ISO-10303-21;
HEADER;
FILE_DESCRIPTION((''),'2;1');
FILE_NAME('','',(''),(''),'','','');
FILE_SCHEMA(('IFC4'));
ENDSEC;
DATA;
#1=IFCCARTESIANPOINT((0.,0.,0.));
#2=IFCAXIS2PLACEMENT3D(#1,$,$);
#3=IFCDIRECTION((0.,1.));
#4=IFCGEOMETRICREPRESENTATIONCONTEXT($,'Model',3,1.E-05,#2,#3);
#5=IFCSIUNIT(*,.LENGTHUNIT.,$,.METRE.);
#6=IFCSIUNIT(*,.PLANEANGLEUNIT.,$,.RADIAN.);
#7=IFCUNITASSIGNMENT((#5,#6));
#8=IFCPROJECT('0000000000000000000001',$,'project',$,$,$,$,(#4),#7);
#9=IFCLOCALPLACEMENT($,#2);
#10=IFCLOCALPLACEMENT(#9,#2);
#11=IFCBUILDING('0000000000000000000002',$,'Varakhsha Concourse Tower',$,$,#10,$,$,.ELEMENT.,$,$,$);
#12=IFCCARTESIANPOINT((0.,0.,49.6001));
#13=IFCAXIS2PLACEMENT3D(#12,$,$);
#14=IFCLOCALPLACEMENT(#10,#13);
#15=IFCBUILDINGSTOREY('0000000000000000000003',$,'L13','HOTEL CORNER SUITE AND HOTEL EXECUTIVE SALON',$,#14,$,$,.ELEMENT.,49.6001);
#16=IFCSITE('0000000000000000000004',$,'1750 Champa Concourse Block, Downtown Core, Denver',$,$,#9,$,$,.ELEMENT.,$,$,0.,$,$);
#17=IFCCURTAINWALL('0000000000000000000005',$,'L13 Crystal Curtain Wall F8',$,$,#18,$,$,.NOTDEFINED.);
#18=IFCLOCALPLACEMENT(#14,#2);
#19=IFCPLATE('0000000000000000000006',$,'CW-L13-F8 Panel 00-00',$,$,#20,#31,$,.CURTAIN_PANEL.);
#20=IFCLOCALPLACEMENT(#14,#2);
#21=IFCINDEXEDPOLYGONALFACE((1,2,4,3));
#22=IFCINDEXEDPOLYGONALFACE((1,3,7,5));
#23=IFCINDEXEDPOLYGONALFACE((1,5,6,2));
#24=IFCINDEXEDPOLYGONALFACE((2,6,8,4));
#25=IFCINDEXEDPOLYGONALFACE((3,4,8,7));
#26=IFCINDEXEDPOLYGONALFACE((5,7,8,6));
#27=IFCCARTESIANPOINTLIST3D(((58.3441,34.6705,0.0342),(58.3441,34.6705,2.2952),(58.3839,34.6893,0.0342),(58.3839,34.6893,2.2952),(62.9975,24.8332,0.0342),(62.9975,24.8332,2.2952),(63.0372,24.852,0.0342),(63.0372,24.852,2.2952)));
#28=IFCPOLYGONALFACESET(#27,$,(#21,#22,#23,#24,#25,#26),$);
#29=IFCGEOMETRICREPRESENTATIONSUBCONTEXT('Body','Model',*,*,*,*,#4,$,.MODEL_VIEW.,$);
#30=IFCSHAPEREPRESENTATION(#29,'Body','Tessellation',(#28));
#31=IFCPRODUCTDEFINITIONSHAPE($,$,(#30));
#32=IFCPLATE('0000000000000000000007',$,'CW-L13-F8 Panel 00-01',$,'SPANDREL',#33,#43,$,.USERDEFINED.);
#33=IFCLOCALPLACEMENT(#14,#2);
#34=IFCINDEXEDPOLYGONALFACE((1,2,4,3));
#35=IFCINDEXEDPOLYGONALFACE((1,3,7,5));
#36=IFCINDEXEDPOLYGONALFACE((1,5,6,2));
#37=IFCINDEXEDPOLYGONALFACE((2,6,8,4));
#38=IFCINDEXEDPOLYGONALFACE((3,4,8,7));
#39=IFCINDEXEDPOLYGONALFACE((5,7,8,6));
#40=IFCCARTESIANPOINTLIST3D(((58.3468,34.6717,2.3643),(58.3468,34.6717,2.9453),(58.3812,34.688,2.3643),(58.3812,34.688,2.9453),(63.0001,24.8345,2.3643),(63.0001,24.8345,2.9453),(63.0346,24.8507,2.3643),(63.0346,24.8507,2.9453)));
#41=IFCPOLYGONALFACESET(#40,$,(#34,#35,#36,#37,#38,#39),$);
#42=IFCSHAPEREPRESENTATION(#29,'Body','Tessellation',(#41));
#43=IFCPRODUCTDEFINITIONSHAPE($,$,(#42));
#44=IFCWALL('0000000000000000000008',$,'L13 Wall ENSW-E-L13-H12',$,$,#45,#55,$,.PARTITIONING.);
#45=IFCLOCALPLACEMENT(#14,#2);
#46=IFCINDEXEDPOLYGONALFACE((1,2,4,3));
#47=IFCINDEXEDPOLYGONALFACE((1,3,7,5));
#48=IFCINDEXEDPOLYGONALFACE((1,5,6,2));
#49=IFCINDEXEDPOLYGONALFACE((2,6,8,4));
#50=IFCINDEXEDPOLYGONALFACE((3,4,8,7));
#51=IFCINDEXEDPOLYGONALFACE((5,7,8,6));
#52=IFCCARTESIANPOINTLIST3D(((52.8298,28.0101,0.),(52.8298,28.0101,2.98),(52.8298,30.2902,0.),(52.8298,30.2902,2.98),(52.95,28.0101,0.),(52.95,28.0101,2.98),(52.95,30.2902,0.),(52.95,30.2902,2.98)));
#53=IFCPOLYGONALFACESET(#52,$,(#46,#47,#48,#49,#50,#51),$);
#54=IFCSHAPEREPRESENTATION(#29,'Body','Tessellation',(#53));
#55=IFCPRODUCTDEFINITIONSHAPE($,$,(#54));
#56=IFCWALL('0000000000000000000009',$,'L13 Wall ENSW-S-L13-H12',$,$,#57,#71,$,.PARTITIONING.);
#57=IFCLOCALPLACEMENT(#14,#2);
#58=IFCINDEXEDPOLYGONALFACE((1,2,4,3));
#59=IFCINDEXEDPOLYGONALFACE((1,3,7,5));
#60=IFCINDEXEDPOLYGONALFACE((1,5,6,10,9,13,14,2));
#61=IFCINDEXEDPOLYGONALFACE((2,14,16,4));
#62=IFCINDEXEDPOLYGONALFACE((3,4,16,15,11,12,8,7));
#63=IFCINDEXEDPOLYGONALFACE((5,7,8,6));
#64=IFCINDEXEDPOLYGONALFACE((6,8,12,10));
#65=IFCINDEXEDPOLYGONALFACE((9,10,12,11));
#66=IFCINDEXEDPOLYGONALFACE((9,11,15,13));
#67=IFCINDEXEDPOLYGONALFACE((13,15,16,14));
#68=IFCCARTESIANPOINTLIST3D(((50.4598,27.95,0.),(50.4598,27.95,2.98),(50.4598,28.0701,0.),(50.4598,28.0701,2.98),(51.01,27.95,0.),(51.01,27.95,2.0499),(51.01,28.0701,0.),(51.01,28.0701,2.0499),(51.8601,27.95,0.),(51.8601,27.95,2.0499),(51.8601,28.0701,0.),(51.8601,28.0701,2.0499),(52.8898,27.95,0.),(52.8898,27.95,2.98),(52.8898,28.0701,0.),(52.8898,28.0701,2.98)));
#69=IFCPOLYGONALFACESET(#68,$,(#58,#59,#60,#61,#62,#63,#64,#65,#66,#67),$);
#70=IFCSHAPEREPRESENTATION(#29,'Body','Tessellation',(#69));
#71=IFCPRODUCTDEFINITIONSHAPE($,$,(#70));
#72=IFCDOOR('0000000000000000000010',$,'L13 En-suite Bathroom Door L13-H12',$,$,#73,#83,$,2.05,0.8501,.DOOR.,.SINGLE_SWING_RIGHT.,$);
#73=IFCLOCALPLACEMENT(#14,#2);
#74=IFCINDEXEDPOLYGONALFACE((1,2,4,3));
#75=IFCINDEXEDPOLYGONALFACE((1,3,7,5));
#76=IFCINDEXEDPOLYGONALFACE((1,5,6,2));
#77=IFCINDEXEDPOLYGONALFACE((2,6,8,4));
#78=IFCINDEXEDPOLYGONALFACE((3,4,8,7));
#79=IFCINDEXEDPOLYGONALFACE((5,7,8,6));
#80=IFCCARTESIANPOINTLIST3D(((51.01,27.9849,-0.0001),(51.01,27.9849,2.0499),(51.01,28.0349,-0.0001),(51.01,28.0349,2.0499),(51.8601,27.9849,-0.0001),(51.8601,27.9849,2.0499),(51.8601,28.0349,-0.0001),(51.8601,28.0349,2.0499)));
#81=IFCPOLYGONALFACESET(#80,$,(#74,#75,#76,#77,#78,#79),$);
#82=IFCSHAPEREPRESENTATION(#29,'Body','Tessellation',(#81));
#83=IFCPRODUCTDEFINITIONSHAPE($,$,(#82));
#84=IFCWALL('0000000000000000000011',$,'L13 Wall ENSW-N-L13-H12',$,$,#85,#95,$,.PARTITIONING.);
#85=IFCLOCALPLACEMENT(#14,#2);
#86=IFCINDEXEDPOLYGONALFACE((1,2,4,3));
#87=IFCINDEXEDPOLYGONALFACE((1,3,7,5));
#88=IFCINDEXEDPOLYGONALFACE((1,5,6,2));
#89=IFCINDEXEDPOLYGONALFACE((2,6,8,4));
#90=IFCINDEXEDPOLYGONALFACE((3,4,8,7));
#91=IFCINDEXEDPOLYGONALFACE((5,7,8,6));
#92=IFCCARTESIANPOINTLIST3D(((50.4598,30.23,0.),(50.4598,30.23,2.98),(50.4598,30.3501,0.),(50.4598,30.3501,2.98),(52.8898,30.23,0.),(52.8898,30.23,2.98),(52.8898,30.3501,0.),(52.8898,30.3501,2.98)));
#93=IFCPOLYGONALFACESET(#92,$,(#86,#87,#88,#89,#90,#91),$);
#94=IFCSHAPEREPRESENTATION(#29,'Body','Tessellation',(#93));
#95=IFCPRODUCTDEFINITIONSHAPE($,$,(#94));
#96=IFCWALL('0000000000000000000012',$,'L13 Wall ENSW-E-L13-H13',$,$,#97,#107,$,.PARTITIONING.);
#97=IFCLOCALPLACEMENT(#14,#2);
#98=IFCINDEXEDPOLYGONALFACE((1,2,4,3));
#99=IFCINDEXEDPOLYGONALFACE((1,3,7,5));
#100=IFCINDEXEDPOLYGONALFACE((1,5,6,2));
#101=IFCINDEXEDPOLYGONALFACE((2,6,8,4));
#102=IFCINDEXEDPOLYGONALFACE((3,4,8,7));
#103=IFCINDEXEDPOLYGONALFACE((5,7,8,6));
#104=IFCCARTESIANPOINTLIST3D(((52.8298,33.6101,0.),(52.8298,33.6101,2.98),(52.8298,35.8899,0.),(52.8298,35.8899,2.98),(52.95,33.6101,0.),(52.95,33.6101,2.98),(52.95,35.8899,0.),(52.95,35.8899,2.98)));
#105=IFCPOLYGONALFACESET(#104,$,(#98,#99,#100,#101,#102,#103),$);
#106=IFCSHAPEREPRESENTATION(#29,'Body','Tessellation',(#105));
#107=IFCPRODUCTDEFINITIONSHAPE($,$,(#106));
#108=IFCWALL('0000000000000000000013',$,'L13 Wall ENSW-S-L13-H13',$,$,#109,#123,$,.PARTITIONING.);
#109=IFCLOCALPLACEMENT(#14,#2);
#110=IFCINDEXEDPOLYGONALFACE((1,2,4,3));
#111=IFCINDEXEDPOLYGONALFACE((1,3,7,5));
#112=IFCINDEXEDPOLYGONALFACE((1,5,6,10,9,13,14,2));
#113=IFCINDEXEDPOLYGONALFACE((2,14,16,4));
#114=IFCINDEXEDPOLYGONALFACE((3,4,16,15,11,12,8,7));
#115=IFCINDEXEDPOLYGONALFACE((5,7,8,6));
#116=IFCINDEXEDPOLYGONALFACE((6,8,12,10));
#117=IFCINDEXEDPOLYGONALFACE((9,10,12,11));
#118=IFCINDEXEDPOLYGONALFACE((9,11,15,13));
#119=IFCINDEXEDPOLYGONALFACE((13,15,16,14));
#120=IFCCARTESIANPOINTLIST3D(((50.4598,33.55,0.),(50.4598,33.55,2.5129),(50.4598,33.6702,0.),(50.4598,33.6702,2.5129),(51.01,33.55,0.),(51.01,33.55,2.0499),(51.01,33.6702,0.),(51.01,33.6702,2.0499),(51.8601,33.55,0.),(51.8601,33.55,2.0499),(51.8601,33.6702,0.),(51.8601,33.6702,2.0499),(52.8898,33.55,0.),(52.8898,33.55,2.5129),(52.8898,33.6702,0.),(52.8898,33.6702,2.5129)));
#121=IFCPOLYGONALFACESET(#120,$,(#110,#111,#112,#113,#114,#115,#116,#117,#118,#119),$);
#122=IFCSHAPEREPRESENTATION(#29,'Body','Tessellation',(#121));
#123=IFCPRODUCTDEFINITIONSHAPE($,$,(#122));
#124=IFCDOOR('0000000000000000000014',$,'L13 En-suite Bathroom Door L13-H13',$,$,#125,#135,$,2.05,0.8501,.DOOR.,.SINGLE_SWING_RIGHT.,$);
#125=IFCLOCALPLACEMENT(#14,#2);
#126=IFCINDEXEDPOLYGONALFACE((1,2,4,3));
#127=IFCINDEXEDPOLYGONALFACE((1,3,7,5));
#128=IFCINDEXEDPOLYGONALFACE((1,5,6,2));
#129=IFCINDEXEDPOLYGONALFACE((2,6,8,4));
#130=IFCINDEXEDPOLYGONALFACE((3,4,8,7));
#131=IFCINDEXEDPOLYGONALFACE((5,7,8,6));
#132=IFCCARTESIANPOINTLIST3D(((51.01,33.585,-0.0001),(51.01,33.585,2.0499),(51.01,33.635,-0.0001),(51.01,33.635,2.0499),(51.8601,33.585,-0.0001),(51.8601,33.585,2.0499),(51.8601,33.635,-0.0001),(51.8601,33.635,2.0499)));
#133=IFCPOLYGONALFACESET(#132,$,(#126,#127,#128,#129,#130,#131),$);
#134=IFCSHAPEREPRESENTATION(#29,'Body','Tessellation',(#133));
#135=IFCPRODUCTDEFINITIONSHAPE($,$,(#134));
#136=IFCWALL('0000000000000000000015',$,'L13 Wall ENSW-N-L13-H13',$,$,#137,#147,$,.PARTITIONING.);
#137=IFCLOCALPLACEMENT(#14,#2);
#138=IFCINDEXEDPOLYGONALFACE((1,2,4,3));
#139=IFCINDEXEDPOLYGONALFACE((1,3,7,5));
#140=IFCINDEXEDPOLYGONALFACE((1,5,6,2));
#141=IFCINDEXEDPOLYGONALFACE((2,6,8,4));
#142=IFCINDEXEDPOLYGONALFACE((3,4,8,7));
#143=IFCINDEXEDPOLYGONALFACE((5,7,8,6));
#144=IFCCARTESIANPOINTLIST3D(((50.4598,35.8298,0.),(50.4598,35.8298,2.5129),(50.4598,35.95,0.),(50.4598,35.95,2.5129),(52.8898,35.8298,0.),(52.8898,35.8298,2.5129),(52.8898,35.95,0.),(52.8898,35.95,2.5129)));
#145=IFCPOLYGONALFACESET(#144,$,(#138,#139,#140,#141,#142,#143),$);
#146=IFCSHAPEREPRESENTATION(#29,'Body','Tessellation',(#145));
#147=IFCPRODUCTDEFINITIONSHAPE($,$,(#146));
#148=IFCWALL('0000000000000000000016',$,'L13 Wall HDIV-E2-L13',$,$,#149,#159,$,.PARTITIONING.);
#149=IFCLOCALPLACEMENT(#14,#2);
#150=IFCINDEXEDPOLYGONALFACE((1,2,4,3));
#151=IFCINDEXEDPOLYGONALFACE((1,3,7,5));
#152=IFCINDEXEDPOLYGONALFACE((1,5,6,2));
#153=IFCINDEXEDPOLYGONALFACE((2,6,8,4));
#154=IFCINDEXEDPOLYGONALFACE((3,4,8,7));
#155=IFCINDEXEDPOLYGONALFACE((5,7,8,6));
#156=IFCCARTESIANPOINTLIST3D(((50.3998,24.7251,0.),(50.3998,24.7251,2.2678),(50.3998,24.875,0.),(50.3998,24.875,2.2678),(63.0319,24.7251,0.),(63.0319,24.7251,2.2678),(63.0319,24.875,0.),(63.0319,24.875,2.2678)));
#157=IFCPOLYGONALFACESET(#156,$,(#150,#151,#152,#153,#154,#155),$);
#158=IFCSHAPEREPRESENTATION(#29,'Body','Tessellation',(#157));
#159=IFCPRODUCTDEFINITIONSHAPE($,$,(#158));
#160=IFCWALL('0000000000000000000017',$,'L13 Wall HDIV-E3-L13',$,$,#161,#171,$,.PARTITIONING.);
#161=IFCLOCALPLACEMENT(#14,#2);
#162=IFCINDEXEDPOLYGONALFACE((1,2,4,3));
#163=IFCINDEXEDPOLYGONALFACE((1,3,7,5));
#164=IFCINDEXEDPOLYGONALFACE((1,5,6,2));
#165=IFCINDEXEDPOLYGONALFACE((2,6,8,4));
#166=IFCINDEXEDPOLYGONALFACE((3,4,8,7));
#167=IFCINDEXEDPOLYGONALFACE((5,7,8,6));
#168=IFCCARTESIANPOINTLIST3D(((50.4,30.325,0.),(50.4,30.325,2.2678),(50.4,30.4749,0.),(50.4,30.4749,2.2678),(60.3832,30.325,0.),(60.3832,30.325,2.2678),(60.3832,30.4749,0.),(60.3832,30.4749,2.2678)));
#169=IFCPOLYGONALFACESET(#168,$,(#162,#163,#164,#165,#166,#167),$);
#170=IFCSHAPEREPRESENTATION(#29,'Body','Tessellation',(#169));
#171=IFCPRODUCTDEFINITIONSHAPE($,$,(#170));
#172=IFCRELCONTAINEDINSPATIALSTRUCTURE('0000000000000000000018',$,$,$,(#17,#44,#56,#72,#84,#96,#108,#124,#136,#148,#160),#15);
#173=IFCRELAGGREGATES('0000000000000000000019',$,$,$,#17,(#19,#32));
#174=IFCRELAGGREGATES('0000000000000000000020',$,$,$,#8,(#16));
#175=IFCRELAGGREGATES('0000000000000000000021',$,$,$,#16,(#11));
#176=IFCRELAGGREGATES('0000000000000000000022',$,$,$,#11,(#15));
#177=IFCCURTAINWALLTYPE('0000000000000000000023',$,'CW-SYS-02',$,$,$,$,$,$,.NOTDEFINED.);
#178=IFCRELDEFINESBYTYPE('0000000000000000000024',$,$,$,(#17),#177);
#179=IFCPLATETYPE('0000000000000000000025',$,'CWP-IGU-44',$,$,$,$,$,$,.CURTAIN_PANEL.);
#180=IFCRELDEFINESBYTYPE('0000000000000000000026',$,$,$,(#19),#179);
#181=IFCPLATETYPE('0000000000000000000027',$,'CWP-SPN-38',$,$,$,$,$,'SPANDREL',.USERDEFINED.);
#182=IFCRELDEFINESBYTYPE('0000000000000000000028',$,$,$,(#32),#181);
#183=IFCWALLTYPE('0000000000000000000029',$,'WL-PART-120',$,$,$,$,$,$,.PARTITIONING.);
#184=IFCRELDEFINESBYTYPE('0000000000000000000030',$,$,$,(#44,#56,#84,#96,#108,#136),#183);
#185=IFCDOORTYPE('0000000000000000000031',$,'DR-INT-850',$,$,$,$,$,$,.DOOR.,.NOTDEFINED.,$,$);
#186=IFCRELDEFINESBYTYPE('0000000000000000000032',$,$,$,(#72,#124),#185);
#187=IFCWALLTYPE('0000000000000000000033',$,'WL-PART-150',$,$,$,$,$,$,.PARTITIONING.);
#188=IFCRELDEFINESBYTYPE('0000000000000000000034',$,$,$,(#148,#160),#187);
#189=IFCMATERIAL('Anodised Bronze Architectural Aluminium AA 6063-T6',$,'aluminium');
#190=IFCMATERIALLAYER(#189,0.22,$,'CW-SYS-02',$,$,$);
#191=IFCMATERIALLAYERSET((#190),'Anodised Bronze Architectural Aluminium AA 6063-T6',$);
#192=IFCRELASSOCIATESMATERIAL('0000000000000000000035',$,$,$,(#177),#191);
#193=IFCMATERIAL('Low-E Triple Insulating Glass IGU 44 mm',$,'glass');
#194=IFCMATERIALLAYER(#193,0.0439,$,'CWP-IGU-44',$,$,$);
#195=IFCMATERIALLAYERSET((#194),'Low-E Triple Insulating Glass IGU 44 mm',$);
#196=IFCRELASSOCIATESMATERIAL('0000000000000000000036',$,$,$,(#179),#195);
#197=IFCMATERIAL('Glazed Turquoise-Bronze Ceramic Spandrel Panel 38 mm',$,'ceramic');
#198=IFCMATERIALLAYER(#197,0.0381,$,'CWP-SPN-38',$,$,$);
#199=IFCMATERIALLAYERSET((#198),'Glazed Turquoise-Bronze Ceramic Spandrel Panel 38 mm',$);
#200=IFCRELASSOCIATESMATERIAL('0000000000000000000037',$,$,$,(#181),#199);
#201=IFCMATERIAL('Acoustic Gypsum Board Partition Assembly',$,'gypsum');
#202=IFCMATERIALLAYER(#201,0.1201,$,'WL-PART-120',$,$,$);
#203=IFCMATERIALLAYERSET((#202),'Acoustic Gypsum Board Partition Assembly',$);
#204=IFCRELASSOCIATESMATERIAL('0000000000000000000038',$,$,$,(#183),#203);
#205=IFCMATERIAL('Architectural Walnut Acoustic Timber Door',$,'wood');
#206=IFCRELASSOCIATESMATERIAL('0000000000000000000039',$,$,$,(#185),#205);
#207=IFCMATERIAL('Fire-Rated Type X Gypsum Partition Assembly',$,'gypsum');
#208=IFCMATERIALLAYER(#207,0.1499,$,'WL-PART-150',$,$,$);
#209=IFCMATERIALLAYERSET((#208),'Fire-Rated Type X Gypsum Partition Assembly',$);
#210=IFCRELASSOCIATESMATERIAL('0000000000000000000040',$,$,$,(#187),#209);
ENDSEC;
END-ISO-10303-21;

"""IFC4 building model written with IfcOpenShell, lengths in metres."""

from ifc_helpers import new_model, si_unit, direction, frame, frame_2d, origin, origin_2d, place, context, subcontext, project, spatial, rectangle, extrude, source, transform, mapped, material, layer, layer_set, type_object, type_shapes, element, fill, aggregate, save


model = new_model("IFC4")

# Units and contexts
model_context = context("Model", 3, precision=1e-05, world=origin(), true_north=direction((0.0, 1.0)))
body_context = subcontext(model_context, "Body", "Model", "MODEL_VIEW")
ifc_project = project(units=[si_unit("LENGTHUNIT", "METRE"), si_unit("PLANEANGLEUNIT", "RADIAN")], contexts=[model_context])

# Site, building, storey
site_placement = place(None, origin())
site = spatial("IfcSite", under=ifc_project, at=site_placement, Name="1750 Champa Concourse Block, Downtown Core, Denver", CompositionType="ELEMENT", RefElevation=0.0)
building_placement = place(site_placement, origin())
building = spatial("IfcBuilding", under=site, at=building_placement, Name="Varakhsha Concourse Tower", CompositionType="ELEMENT")
storey_placement = place(building_placement, frame((0.0, 0.0, 49.6001)))
storey = spatial("IfcBuildingStorey", under=building, at=storey_placement, Name="L13", Description="HOTEL CORNER SUITE AND HOTEL EXECUTIVE SALON", CompositionType="ELEMENT", Elevation=49.6001)

# Curtain wall
ifc_material_1 = material(Name="Anodised Bronze Architectural Aluminium AA 6063-T6", Category="aluminium")
ifc_layer_1 = layer(ifc_material_1, 0.22, Name="CW-SYS-02")
ifc_layer_set_1 = layer_set([ifc_layer_1], Name="Anodised Bronze Architectural Aluminium AA 6063-T6")
curtain_wall_type = type_object("IfcCurtainWallType", Name="CW-SYS-02", PredefinedType="NOTDEFINED", material=ifc_layer_set_1)
curtain_wall_1_placement = place(storey_placement, origin())
curtain_wall_1 = element("IfcCurtainWall", 1, at=curtain_wall_1_placement, inside=storey, type_object=curtain_wall_type, Name="L13 Crystal Curtain Wall F8", PredefinedType="NOTDEFINED")

# Plates
ifc_material_2 = material(Name="Low-E Triple Insulating Glass IGU 44 mm", Category="glass")
ifc_layer_2 = layer(ifc_material_2, 0.0439, Name="CWP-IGU-44")
ifc_layer_set_2 = layer_set([ifc_layer_2], Name="Low-E Triple Insulating Glass IGU 44 mm")
plate_type_1 = type_object("IfcPlateType", Name="CWP-IGU-44", PredefinedType="CURTAIN_PANEL", material=ifc_layer_set_2)
shared_shape_1 = source(origin(), body_context, "Body", "SweptSolid", [
    extrude(rectangle(XDim=10.8823, YDim=0.0439, at=origin_2d()), origin(), (0.0, 0.0, 1.0), 2.261),
])
type_shapes(plate_type_1, [shared_shape_1])
plate_1_placement = place(storey_placement, frame((60.6907, 29.7612, 0.0342), z_axis=(0.0, 0.0, 1.0), x_axis=(0.427604, -0.903966, 0.0)))
plate_1 = element("IfcPlate", 2, at=plate_1_placement, type_object=plate_type_1, Name="CW-L13-F8 Panel 00-00", PredefinedType="CURTAIN_PANEL", context=body_context, shape_type="MappedRepresentation", body=[
    mapped(shared_shape_1, transform((0.0, 0.0, 0.0), scale=1.0)),
])
ifc_material_3 = material(Name="Glazed Turquoise-Bronze Ceramic Spandrel Panel 38 mm", Category="ceramic")
ifc_layer_3 = layer(ifc_material_3, 0.0381, Name="CWP-SPN-38")
ifc_layer_set_3 = layer_set([ifc_layer_3], Name="Glazed Turquoise-Bronze Ceramic Spandrel Panel 38 mm")
plate_type_2 = type_object("IfcPlateType", Name="CWP-SPN-38", ElementType="SPANDREL", PredefinedType="USERDEFINED", material=ifc_layer_set_3)
shared_shape_2 = source(origin(), body_context, "Body", "SweptSolid", [
    extrude(rectangle(XDim=10.8823, YDim=0.0381, at=origin_2d()), origin(), (0.0, 0.0, 1.0), 0.5811),
])
type_shapes(plate_type_2, [shared_shape_2])
plate_2_placement = place(storey_placement, frame((60.6907, 29.7612, 2.3643), z_axis=(0.0, 0.0, 1.0), x_axis=(0.427604, -0.903966, 0.0)))
plate_2 = element("IfcPlate", 3, at=plate_2_placement, type_object=plate_type_2, Name="CW-L13-F8 Panel 00-01", ObjectType="SPANDREL", PredefinedType="USERDEFINED", context=body_context, shape_type="MappedRepresentation", body=[
    mapped(shared_shape_2, transform((0.0, 0.0, 0.0), scale=1.0)),
])
aggregate(curtain_wall_1, [plate_1, plate_2])

# Wall
ifc_material_4 = material(Name="Acoustic Gypsum Board Partition Assembly", Category="gypsum")
ifc_layer_4 = layer(ifc_material_4, 0.1201, Name="WL-PART-120")
ifc_layer_set_4 = layer_set([ifc_layer_4], Name="Acoustic Gypsum Board Partition Assembly")
wall_type_1 = type_object("IfcWallType", Name="WL-PART-120", PredefinedType="PARTITIONING", material=ifc_layer_set_4)
wall_1_placement = place(storey_placement, frame((52.8899, 28.01, 0.0), z_axis=(0.0, 0.0, 1.0), x_axis=(0.0, 1.0, 0.0)))
element("IfcWall", 4, at=wall_1_placement, inside=storey, type_object=wall_type_1, Name="L13 Wall ENSW-E-L13-H12", PredefinedType="PARTITIONING", context=body_context, shape_type="SweptSolid", body=[
    extrude(rectangle(XDim=2.28, YDim=0.1201, at=frame_2d((1.1401, 0.0))), origin(), (0.0, 0.0, 1.0), 2.98),
])

# Wall, opening, door
wall_2_placement = place(storey_placement, frame((50.46, 28.01, 0.0), z_axis=(0.0, 0.0, 1.0), x_axis=(1.0, 0.0, 0.0)))
wall_2 = element("IfcWall", 5, at=wall_2_placement, inside=storey, type_object=wall_type_1, Name="L13 Wall ENSW-S-L13-H12", PredefinedType="PARTITIONING", context=body_context, shape_type="SweptSolid", body=[
    extrude(rectangle(XDim=2.4299, YDim=0.1201, at=frame_2d((1.2148, 0.0))), origin(), (0.0, 0.0, 1.0), 2.98),
])
opening_1_placement = place(wall_2_placement, frame((0.55, 0.0, 0.0)))
opening_1 = element("IfcOpeningElement", 6, at=opening_1_placement, cuts=wall_2, PredefinedType="OPENING", context=body_context, shape_type="SweptSolid", body=[
    extrude(rectangle(XDim=0.8501, YDim=2.05, at=frame_2d((0.425, 1.0249))), frame((0.0, 0.0701, 0.0), z_axis=(0.0, -1.0, 0.0), x_axis=(1.0, 0.0, 0.0)), (0.0, 0.0, 1.0), 0.1401),
])
ifc_material_5 = material(Name="Architectural Walnut Acoustic Timber Door", Category="wood")
door_type = type_object("IfcDoorType", Name="DR-INT-850", OperationType="NOTDEFINED", PredefinedType="DOOR", material=ifc_material_5)
door_1_placement = place(opening_1_placement, origin())
door_1 = element("IfcDoor", 7, at=door_1_placement, inside=storey, type_object=door_type, Name="L13 En-suite Bathroom Door L13-H12", OperationType="SINGLE_SWING_RIGHT", OverallHeight=2.05, OverallWidth=0.8501, PredefinedType="DOOR", context=body_context, shape_type="SweptSolid", body=[
    extrude(rectangle(XDim=0.8501, YDim=2.05, at=frame_2d((0.425, 1.0249))), frame((0.0, 0.0249, 0.0), z_axis=(0.0, -1.0, 0.0), x_axis=(1.0, 0.0, 0.0)), (0.0, 0.0, 1.0), 0.05),
])
fill(opening_1, door_1)

# Walls
wall_3_placement = place(storey_placement, frame((50.46, 30.29, 0.0), z_axis=(0.0, 0.0, 1.0), x_axis=(1.0, 0.0, 0.0)))
element("IfcWall", 8, at=wall_3_placement, inside=storey, type_object=wall_type_1, Name="L13 Wall ENSW-N-L13-H12", PredefinedType="PARTITIONING", context=body_context, shape_type="SweptSolid", body=[
    extrude(rectangle(XDim=2.4299, YDim=0.1201, at=frame_2d((1.2148, 0.0))), origin(), (0.0, 0.0, 1.0), 2.98),
])
wall_4_placement = place(storey_placement, frame((52.8899, 33.6101, 0.0), z_axis=(0.0, 0.0, 1.0), x_axis=(0.0, 1.0, 0.0)))
element("IfcWall", 9, at=wall_4_placement, inside=storey, type_object=wall_type_1, Name="L13 Wall ENSW-E-L13-H13", PredefinedType="PARTITIONING", context=body_context, shape_type="SweptSolid", body=[
    extrude(rectangle(XDim=2.2798, YDim=0.1201, at=frame_2d((1.1399, 0.0))), origin(), (0.0, 0.0, 1.0), 2.98),
])

# Wall, opening, door
wall_5_placement = place(storey_placement, frame((50.46, 33.6101, 0.0), z_axis=(0.0, 0.0, 1.0), x_axis=(1.0, 0.0, 0.0)))
wall_5 = element("IfcWall", 10, at=wall_5_placement, inside=storey, type_object=wall_type_1, Name="L13 Wall ENSW-S-L13-H13", PredefinedType="PARTITIONING", context=body_context, shape_type="SweptSolid", body=[
    extrude(rectangle(XDim=2.4299, YDim=0.1201, at=frame_2d((1.2148, 0.0))), origin(), (0.0, 0.0, 1.0), 2.5129),
])
opening_2_placement = place(wall_5_placement, frame((0.55, 0.0, 0.0)))
opening_2 = element("IfcOpeningElement", 11, at=opening_2_placement, cuts=wall_5, PredefinedType="OPENING", context=body_context, shape_type="SweptSolid", body=[
    extrude(rectangle(XDim=0.8501, YDim=2.05, at=frame_2d((0.425, 1.0249))), frame((0.0, 0.0701, 0.0), z_axis=(0.0, -1.0, 0.0), x_axis=(1.0, 0.0, 0.0)), (0.0, 0.0, 1.0), 0.1401),
])
door_2_placement = place(opening_2_placement, origin())
door_2 = element("IfcDoor", 12, at=door_2_placement, inside=storey, type_object=door_type, Name="L13 En-suite Bathroom Door L13-H13", OperationType="SINGLE_SWING_RIGHT", OverallHeight=2.05, OverallWidth=0.8501, PredefinedType="DOOR", context=body_context, shape_type="SweptSolid", body=[
    extrude(rectangle(XDim=0.8501, YDim=2.05, at=frame_2d((0.425, 1.0249))), frame((0.0, 0.0249, 0.0), z_axis=(0.0, -1.0, 0.0), x_axis=(1.0, 0.0, 0.0)), (0.0, 0.0, 1.0), 0.05),
])
fill(opening_2, door_2)

# Walls
wall_6_placement = place(storey_placement, frame((50.46, 35.8899, 0.0), z_axis=(0.0, 0.0, 1.0), x_axis=(1.0, 0.0, 0.0)))
element("IfcWall", 13, at=wall_6_placement, inside=storey, type_object=wall_type_1, Name="L13 Wall ENSW-N-L13-H13", PredefinedType="PARTITIONING", context=body_context, shape_type="SweptSolid", body=[
    extrude(rectangle(XDim=2.4299, YDim=0.1201, at=frame_2d((1.2148, 0.0))), origin(), (0.0, 0.0, 1.0), 2.5129),
])
ifc_material_6 = material(Name="Fire-Rated Type X Gypsum Partition Assembly", Category="gypsum")
ifc_layer_5 = layer(ifc_material_6, 0.1499, Name="WL-PART-150")
ifc_layer_set_5 = layer_set([ifc_layer_5], Name="Fire-Rated Type X Gypsum Partition Assembly")
wall_type_2 = type_object("IfcWallType", Name="WL-PART-150", PredefinedType="PARTITIONING", material=ifc_layer_set_5)
wall_7_placement = place(storey_placement, frame((50.3999, 24.8, 0.0), z_axis=(0.0, 0.0, 1.0), x_axis=(1.0, 0.0, 0.0)))
element("IfcWall", 14, at=wall_7_placement, inside=storey, type_object=wall_type_2, Name="L13 Wall HDIV-E2-L13", PredefinedType="PARTITIONING", context=body_context, shape_type="SweptSolid", body=[
    extrude(rectangle(XDim=12.6321, YDim=0.1499, at=frame_2d((6.3159, 0.0))), origin(), (0.0, 0.0, 1.0), 2.2678),
])
wall_8_placement = place(storey_placement, frame((50.3999, 30.3999, 0.0), z_axis=(0.0, 0.0, 1.0), x_axis=(1.0, 0.0, 0.0)))
element("IfcWall", 15, at=wall_8_placement, inside=storey, type_object=wall_type_2, Name="L13 Wall HDIV-E3-L13", PredefinedType="PARTITIONING", context=body_context, shape_type="SweptSolid", body=[
    extrude(rectangle(XDim=9.9832, YDim=0.1499, at=frame_2d((4.9917, 0.0))), origin(), (0.0, 0.0, 1.0), 2.2678),
])

save(model, "model.ifc")
